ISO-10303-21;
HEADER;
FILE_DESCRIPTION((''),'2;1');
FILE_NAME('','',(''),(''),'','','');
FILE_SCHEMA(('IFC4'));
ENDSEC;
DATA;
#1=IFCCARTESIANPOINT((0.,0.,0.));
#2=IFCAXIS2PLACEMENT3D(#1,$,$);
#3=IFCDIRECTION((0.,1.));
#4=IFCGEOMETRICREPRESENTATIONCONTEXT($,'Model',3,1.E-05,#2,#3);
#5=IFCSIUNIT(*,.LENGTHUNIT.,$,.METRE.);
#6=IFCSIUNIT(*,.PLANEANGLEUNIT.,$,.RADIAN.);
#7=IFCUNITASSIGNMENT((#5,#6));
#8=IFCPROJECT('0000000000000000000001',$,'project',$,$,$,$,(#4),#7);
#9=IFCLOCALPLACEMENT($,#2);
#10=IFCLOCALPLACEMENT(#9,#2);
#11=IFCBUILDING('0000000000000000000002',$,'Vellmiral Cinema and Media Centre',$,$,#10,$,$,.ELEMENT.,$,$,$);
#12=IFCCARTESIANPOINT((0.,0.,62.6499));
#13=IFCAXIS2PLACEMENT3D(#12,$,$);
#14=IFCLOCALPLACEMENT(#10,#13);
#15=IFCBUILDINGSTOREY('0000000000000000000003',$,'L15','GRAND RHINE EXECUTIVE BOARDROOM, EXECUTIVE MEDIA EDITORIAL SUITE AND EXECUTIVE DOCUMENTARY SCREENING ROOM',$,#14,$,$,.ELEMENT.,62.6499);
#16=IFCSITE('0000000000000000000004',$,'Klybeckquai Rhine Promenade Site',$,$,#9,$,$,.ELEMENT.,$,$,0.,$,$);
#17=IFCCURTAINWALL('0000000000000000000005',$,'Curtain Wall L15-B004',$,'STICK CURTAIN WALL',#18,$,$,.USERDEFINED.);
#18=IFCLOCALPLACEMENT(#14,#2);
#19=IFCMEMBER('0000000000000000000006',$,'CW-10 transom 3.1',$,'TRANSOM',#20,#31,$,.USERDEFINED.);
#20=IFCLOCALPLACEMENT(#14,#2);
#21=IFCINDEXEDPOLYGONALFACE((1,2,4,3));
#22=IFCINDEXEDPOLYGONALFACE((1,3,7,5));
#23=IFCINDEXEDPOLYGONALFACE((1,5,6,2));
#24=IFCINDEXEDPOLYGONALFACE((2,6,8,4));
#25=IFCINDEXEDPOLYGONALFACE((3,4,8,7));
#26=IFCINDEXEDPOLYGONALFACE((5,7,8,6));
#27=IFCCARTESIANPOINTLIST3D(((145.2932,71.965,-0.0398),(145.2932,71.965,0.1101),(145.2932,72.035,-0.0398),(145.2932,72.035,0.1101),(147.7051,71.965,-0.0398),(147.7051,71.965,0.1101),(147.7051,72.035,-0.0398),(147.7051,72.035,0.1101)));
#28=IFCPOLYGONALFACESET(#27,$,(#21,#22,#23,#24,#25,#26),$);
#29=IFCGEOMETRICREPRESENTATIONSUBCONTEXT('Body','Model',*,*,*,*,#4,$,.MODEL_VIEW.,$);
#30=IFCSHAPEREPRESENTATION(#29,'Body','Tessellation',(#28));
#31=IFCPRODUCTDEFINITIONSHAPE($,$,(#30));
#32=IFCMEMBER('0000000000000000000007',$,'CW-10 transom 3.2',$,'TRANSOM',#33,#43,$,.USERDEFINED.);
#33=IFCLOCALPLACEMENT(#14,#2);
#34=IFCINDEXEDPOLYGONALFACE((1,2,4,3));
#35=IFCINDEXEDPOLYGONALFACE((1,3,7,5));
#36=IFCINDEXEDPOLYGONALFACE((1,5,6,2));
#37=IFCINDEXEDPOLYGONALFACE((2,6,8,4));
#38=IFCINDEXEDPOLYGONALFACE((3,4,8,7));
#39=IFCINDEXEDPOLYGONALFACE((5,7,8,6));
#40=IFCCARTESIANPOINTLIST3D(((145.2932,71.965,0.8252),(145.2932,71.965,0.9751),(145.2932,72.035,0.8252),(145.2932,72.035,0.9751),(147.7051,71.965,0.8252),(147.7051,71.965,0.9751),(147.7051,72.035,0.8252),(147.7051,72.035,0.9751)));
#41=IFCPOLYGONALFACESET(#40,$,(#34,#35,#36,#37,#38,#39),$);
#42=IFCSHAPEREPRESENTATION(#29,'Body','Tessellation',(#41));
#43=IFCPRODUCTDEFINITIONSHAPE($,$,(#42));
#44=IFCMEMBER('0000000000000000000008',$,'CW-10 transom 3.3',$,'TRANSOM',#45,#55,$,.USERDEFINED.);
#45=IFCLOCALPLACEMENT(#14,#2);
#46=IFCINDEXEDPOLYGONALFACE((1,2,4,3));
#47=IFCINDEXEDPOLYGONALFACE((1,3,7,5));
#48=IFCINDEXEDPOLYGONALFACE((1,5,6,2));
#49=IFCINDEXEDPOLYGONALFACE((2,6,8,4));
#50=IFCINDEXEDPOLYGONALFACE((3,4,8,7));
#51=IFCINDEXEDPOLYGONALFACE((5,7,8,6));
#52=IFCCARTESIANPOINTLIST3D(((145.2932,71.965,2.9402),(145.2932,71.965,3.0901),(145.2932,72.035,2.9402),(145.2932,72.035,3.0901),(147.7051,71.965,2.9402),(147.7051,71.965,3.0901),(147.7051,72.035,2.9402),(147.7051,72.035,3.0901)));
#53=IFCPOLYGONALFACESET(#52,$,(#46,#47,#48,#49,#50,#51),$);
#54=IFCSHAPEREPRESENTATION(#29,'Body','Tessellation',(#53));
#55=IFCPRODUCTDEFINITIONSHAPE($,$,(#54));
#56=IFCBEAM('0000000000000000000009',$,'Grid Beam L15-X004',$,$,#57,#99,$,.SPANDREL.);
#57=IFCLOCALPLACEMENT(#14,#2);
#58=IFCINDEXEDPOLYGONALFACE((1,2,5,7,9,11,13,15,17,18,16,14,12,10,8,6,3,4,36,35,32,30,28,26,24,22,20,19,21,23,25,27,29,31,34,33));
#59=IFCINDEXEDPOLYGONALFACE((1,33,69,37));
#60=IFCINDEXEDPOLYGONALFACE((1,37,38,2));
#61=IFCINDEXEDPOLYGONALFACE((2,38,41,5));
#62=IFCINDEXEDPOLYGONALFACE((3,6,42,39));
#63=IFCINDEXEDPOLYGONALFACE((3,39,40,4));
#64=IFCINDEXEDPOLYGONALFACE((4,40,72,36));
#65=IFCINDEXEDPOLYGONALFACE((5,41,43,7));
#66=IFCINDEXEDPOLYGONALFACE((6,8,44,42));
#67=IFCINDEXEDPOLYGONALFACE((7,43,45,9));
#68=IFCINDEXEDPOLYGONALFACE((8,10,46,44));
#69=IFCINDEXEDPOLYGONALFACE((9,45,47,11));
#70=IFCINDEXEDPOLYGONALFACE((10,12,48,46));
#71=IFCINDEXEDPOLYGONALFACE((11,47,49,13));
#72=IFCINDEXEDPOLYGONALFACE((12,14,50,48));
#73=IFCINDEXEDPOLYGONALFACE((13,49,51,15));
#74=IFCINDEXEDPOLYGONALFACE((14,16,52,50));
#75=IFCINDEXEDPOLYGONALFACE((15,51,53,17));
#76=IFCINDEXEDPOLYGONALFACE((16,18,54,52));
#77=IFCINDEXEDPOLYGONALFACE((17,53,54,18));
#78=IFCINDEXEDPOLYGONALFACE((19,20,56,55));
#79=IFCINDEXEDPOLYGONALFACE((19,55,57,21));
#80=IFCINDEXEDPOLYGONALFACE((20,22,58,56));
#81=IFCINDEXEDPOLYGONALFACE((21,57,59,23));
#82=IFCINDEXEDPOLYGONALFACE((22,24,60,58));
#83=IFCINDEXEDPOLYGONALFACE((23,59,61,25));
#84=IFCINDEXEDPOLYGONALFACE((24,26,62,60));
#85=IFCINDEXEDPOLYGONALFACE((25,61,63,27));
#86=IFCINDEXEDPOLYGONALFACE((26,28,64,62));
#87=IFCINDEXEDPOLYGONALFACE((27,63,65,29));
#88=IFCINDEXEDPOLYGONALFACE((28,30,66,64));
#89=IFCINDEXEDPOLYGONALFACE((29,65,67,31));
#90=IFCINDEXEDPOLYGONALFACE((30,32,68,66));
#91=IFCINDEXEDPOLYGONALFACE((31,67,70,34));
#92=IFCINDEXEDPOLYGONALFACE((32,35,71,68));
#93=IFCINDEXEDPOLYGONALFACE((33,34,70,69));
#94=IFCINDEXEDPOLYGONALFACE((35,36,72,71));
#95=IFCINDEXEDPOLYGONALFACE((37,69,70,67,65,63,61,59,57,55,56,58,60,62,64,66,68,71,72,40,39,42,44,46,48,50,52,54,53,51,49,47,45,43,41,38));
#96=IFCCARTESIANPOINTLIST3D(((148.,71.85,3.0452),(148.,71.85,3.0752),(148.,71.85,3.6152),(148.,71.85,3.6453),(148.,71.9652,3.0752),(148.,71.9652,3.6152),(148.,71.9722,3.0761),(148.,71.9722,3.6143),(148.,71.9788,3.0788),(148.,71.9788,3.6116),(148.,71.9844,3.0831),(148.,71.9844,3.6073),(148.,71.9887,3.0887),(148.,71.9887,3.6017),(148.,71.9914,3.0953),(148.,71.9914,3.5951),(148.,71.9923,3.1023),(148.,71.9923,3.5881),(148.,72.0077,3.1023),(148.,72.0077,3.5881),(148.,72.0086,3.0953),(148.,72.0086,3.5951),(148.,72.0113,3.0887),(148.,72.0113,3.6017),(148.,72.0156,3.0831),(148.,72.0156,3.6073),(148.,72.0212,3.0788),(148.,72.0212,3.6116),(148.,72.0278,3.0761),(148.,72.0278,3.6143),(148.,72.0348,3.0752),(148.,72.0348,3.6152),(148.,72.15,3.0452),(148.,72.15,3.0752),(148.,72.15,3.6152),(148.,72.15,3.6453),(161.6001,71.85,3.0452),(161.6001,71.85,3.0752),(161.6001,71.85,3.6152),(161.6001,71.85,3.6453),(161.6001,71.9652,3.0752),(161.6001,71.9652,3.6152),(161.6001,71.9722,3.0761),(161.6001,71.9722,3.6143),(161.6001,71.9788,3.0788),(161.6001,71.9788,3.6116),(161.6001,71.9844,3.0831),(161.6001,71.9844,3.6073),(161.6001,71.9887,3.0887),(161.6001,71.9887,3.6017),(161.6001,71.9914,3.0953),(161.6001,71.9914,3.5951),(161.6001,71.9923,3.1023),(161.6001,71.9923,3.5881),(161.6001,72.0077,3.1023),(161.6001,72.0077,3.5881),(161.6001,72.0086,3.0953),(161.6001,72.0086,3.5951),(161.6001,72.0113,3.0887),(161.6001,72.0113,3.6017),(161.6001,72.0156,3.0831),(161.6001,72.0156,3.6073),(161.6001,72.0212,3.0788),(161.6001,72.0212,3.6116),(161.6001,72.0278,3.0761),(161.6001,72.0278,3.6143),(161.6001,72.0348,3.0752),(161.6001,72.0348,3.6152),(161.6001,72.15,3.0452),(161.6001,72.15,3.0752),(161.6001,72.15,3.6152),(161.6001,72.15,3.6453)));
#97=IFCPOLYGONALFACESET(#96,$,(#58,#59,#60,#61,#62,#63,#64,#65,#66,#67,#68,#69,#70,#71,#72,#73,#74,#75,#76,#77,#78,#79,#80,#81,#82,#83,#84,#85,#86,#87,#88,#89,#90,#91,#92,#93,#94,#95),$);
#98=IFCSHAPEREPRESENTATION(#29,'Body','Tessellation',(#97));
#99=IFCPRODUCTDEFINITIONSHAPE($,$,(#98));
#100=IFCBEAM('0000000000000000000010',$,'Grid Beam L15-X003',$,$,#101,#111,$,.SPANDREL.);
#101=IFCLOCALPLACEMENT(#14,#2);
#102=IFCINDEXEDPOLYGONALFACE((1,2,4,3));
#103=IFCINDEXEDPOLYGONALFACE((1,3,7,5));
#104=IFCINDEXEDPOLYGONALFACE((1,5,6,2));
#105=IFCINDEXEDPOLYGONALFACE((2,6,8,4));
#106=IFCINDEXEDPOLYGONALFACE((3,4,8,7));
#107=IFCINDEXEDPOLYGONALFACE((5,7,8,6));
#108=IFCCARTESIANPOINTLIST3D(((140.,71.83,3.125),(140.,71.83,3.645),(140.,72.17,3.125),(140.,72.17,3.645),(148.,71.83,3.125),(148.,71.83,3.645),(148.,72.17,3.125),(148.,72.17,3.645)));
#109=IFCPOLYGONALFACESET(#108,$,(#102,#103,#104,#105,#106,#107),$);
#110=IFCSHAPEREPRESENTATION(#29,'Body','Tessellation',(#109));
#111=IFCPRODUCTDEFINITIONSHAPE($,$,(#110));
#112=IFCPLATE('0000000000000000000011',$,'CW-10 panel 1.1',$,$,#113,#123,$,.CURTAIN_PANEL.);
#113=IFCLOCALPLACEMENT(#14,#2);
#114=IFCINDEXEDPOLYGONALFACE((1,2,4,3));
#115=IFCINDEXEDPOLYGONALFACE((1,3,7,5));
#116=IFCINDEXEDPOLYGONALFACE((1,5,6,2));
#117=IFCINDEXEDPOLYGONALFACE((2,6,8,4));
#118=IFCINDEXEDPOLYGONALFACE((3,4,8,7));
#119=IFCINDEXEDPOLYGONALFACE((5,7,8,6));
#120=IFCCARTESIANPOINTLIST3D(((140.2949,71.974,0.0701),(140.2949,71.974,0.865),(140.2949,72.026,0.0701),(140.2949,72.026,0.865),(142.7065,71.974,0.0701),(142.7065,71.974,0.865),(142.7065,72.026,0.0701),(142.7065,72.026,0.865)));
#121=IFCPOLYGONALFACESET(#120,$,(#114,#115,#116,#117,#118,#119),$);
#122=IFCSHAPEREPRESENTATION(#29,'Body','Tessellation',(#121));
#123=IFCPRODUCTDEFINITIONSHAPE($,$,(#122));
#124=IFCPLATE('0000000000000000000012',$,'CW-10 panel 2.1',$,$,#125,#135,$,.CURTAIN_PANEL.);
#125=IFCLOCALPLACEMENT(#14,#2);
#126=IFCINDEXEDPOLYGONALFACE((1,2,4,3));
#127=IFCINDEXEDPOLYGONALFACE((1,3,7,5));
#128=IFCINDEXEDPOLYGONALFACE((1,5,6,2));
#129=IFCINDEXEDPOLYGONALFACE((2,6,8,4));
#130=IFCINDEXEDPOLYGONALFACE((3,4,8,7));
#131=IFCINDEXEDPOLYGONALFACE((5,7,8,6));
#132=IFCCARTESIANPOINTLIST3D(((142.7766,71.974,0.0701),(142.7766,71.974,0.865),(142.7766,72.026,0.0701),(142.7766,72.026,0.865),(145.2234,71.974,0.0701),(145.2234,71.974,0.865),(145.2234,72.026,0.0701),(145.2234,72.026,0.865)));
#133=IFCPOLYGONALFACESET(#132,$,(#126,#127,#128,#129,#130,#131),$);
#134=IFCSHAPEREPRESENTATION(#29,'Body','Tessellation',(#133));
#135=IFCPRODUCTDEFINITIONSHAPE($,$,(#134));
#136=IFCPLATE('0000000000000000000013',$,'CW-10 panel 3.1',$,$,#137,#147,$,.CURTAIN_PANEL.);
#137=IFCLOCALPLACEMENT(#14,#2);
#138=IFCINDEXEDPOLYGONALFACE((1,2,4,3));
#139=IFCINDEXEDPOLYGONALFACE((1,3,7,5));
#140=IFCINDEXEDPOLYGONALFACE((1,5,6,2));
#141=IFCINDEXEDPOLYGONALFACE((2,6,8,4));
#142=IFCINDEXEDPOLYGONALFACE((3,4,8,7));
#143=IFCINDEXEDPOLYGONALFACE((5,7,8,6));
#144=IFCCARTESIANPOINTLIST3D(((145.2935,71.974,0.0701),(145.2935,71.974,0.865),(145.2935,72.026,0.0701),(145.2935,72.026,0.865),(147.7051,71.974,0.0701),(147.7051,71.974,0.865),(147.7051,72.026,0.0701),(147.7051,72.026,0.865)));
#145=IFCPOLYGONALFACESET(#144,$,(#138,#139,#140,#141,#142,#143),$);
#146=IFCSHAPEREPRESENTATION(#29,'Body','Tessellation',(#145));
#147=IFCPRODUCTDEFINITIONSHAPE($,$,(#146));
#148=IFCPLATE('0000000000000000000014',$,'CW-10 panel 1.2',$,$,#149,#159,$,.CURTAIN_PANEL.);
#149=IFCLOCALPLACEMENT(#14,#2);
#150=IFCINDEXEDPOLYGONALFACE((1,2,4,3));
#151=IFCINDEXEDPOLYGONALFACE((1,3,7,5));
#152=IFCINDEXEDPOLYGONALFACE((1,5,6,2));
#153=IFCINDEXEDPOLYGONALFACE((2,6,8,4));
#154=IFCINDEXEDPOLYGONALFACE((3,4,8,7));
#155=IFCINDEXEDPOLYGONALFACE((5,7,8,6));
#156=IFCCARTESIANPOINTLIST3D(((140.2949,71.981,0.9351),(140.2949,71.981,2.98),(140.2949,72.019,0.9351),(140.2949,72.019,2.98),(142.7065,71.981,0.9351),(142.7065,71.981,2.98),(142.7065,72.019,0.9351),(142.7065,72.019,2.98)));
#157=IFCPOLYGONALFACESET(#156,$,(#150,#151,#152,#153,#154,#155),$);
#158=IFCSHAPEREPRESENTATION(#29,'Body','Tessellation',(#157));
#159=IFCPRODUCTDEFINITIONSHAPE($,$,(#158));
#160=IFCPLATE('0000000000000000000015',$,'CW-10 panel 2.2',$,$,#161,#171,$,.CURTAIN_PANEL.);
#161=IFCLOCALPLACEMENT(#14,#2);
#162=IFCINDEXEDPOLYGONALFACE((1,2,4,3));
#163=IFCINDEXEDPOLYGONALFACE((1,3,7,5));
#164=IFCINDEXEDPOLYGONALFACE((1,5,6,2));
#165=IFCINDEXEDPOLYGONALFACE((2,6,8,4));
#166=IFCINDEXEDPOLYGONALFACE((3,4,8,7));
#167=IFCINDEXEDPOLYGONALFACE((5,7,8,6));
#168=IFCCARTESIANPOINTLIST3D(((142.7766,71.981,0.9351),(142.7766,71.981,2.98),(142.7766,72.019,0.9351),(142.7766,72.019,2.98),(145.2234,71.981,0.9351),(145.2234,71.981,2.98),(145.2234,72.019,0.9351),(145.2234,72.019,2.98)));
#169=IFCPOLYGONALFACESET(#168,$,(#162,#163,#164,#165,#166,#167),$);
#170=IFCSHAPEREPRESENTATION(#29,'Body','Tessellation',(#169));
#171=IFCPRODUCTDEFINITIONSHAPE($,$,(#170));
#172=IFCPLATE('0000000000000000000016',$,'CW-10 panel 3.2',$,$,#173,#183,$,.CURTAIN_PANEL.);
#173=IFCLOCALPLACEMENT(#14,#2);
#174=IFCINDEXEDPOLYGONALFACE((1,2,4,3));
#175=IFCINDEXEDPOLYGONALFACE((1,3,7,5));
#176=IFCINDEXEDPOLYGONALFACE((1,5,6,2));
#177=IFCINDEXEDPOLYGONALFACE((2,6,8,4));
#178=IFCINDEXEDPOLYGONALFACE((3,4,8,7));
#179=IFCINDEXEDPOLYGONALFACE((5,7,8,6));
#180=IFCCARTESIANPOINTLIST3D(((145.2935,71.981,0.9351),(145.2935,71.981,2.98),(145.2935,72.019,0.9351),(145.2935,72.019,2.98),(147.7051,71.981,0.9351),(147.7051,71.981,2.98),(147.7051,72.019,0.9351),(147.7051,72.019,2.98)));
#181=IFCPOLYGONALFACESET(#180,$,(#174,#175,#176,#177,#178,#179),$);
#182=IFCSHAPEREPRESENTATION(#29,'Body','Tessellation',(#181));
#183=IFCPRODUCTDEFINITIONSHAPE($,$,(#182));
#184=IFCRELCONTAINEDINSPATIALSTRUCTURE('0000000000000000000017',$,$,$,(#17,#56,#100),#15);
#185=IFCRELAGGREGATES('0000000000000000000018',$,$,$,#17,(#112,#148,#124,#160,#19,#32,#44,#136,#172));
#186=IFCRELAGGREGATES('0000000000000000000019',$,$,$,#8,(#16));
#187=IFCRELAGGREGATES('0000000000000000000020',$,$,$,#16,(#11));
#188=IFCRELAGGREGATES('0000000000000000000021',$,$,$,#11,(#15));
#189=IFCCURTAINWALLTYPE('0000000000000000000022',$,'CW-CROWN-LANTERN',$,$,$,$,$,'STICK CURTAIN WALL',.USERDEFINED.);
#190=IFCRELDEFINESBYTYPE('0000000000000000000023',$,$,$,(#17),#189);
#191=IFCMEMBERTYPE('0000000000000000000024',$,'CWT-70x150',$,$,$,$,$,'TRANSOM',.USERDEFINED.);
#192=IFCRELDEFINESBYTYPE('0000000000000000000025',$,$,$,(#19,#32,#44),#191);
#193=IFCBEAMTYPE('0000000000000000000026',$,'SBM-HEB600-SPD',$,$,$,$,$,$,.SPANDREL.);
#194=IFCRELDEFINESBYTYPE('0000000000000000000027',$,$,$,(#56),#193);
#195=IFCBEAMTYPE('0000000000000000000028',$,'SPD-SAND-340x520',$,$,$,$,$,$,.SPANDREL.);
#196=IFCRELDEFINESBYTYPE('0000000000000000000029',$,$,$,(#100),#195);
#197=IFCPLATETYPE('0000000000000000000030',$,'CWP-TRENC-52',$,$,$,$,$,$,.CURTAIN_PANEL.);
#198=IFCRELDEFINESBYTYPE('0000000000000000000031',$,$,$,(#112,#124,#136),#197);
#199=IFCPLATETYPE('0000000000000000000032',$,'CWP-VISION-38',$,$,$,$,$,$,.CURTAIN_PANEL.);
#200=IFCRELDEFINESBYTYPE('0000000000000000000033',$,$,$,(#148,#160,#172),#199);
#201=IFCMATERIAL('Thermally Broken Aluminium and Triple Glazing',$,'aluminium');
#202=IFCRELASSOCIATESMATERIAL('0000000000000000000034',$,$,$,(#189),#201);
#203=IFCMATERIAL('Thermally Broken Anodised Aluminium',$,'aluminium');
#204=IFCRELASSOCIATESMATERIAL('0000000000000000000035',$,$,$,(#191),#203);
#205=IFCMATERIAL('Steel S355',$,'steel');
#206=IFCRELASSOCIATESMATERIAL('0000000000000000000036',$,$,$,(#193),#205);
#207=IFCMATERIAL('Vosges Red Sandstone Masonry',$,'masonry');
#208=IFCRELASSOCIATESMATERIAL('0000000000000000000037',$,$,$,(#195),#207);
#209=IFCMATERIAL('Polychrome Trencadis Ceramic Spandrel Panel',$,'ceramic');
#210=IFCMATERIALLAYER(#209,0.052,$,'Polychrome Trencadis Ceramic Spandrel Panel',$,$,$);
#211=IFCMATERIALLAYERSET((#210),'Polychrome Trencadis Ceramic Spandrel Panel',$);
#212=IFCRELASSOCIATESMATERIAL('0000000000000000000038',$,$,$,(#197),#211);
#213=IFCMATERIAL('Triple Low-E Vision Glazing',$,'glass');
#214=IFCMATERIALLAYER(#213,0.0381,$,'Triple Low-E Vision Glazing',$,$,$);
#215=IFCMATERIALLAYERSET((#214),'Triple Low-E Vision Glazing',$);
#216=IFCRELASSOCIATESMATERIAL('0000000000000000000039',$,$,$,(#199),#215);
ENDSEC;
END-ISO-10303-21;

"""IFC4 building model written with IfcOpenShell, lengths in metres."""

from ifc_helpers import new_model, si_unit, direction, frame, origin, origin_2d, place, context, subcontext, project, spatial, rectangle, i_section, extrude, material, layer, layer_set, material_profile, profile_set, type_object, element, aggregate, save


model = new_model("IFC4")

# Units and contexts
model_context = context("Model", 3, precision=1e-05, world=origin(), true_north=direction((0.0, 1.0)))
body_context = subcontext(model_context, "Body", "Model", "MODEL_VIEW")
ifc_project = project(units=[si_unit("LENGTHUNIT", "METRE"), si_unit("PLANEANGLEUNIT", "RADIAN")], contexts=[model_context])

# Site, building, storey
site_placement = place(None, origin())
site = spatial("IfcSite", under=ifc_project, at=site_placement, Name="Klybeckquai Rhine Promenade Site", CompositionType="ELEMENT", RefElevation=0.0)
building_placement = place(site_placement, origin())
building = spatial("IfcBuilding", under=site, at=building_placement, Name="Vellmiral Cinema and Media Centre", CompositionType="ELEMENT")
storey_placement = place(building_placement, frame((0.0, 0.0, 62.6499)))
storey = spatial("IfcBuildingStorey", under=building, at=storey_placement, Name="L15", Description="GRAND RHINE EXECUTIVE BOARDROOM, EXECUTIVE MEDIA EDITORIAL SUITE AND EXECUTIVE DOCUMENTARY SCREENING ROOM", CompositionType="ELEMENT", Elevation=62.6499)

# Curtain wall, members
ifc_material_1 = material(Name="Thermally Broken Aluminium and Triple Glazing", Category="aluminium")
curtain_wall_type = type_object("IfcCurtainWallType", Name="CW-CROWN-LANTERN", ElementType="STICK CURTAIN WALL", PredefinedType="USERDEFINED", material=ifc_material_1)
curtain_wall_placement = place(storey_placement, origin())
curtain_wall = element("IfcCurtainWall", 1, at=curtain_wall_placement, inside=storey, type_object=curtain_wall_type, Name="Curtain Wall L15-B004", ObjectType="STICK CURTAIN WALL", PredefinedType="USERDEFINED")
ifc_material_2 = material(Name="Thermally Broken Anodised Aluminium", Category="aluminium")
ifc_material_profile_1 = material_profile(ifc_material_2, rectangle(XDim=0.0701, YDim=0.1499, at=origin_2d()), Name="MULL 70x150")
ifc_profile_set_1 = profile_set([ifc_material_profile_1], Name="Thermally Broken Anodised Aluminium")
member_type_1 = type_object("IfcMemberType", Name="CWT-70x150", ElementType="TRANSOM", PredefinedType="USERDEFINED", material=ifc_profile_set_1)
member_1_placement = place(storey_placement, frame((145.2932, 72.0, 0.0352), z_axis=(1.0, 0.0, 0.0), x_axis=(0.0, 1.0, 0.0)))
member_1 = element("IfcMember", 2, at=member_1_placement, type_object=member_type_1, Name="CW-10 transom 3.1", ObjectType="TRANSOM", PredefinedType="USERDEFINED", context=body_context, shape_type="SweptSolid", body=[
    extrude(rectangle(XDim=0.0701, YDim=0.1499, at=origin_2d()), origin(), (0.0, 0.0, 1.0), 2.4119),
])
member_2_placement = place(storey_placement, frame((145.2932, 72.0, 0.9001), z_axis=(1.0, 0.0, 0.0), x_axis=(0.0, 1.0, 0.0)))
member_2 = element("IfcMember", 3, at=member_2_placement, type_object=member_type_1, Name="CW-10 transom 3.2", ObjectType="TRANSOM", PredefinedType="USERDEFINED", context=body_context, shape_type="SweptSolid", body=[
    extrude(rectangle(XDim=0.0701, YDim=0.1499, at=origin_2d()), origin(), (0.0, 0.0, 1.0), 2.4119),
])
member_3_placement = place(storey_placement, frame((145.2932, 72.0, 3.0151), z_axis=(1.0, 0.0, 0.0), x_axis=(0.0, 1.0, 0.0)))
member_3 = element("IfcMember", 4, at=member_3_placement, type_object=member_type_1, Name="CW-10 transom 3.3", ObjectType="TRANSOM", PredefinedType="USERDEFINED", context=body_context, shape_type="SweptSolid", body=[
    extrude(rectangle(XDim=0.0701, YDim=0.1499, at=origin_2d()), origin(), (0.0, 0.0, 1.0), 2.4119),
])

# Beams
ifc_material_3 = material(Name="Steel S355", Category="steel")
ifc_material_profile_2 = material_profile(ifc_material_3, i_section(OverallWidth=0.3, OverallDepth=0.6001, WebThickness=0.0154, FlangeThickness=0.03, FilletRadius=0.0271, at=origin_2d()), Name="HEB 600")
ifc_profile_set_2 = profile_set([ifc_material_profile_2], Name="Steel S355")
beam_type_1 = type_object("IfcBeamType", Name="SBM-HEB600-SPD", PredefinedType="SPANDREL", material=ifc_profile_set_2)
beam_1_placement = place(storey_placement, frame((148.0, 72.0, 3.3452), z_axis=(1.0, 0.0, 0.0), x_axis=(0.0, 1.0, 0.0)))
element("IfcBeam", 5, at=beam_1_placement, inside=storey, type_object=beam_type_1, Name="Grid Beam L15-X004", PredefinedType="SPANDREL", context=body_context, shape_type="SweptSolid", body=[
    extrude(i_section(OverallWidth=0.3, OverallDepth=0.6001, WebThickness=0.0154, FlangeThickness=0.03, FilletRadius=0.0271, at=origin_2d()), origin(), (0.0, 0.0, 1.0), 13.6001),
])
ifc_material_4 = material(Name="Vosges Red Sandstone Masonry", Category="masonry")
ifc_material_profile_3 = material_profile(ifc_material_4, rectangle(XDim=0.3401, YDim=0.52, at=origin_2d()), Name="SAND 340x520")
ifc_profile_set_3 = profile_set([ifc_material_profile_3], Name="Vosges Red Sandstone Masonry")
beam_type_2 = type_object("IfcBeamType", Name="SPD-SAND-340x520", PredefinedType="SPANDREL", material=ifc_profile_set_3)
beam_2_placement = place(storey_placement, frame((140.0, 72.0, 3.385), z_axis=(1.0, 0.0, 0.0), x_axis=(0.0, 1.0, 0.0)))
element("IfcBeam", 6, at=beam_2_placement, inside=storey, type_object=beam_type_2, Name="Grid Beam L15-X003", PredefinedType="SPANDREL", context=body_context, shape_type="SweptSolid", body=[
    extrude(rectangle(XDim=0.3401, YDim=0.52, at=origin_2d()), origin(), (0.0, 0.0, 1.0), 8.0),
])

# Plates
ifc_material_5 = material(Name="Polychrome Trencadis Ceramic Spandrel Panel", Category="ceramic")
ifc_layer_1 = layer(ifc_material_5, 0.052, Name="Polychrome Trencadis Ceramic Spandrel Panel")
ifc_layer_set_1 = layer_set([ifc_layer_1], Name="Polychrome Trencadis Ceramic Spandrel Panel")
plate_type_1 = type_object("IfcPlateType", Name="CWP-TRENC-52", PredefinedType="CURTAIN_PANEL", material=ifc_layer_set_1)
plate_1_placement = place(storey_placement, frame((141.5007, 72.0, 0.0701), z_axis=(0.0, 0.0, 1.0), x_axis=(1.0, 0.0, 0.0)))
plate_1 = element("IfcPlate", 7, at=plate_1_placement, type_object=plate_type_1, Name="CW-10 panel 1.1", PredefinedType="CURTAIN_PANEL", context=body_context, shape_type="SweptSolid", body=[
    extrude(rectangle(XDim=2.4116, YDim=0.052, at=origin_2d()), origin(), (0.0, 0.0, 1.0), 0.7949),
])
plate_2_placement = place(storey_placement, frame((144.0, 72.0, 0.0701), z_axis=(0.0, 0.0, 1.0), x_axis=(1.0, 0.0, 0.0)))
plate_2 = element("IfcPlate", 8, at=plate_2_placement, type_object=plate_type_1, Name="CW-10 panel 2.1", PredefinedType="CURTAIN_PANEL", context=body_context, shape_type="SweptSolid", body=[
    extrude(rectangle(XDim=2.4468, YDim=0.052, at=origin_2d()), origin(), (0.0, 0.0, 1.0), 0.7949),
])
plate_3_placement = place(storey_placement, frame((146.4993, 72.0, 0.0701), z_axis=(0.0, 0.0, 1.0), x_axis=(1.0, 0.0, 0.0)))
plate_3 = element("IfcPlate", 9, at=plate_3_placement, type_object=plate_type_1, Name="CW-10 panel 3.1", PredefinedType="CURTAIN_PANEL", context=body_context, shape_type="SweptSolid", body=[
    extrude(rectangle(XDim=2.4116, YDim=0.052, at=origin_2d()), origin(), (0.0, 0.0, 1.0), 0.7949),
])
ifc_material_6 = material(Name="Triple Low-E Vision Glazing", Category="glass")
ifc_layer_2 = layer(ifc_material_6, 0.0381, Name="Triple Low-E Vision Glazing")
ifc_layer_set_2 = layer_set([ifc_layer_2], Name="Triple Low-E Vision Glazing")
plate_type_2 = type_object("IfcPlateType", Name="CWP-VISION-38", PredefinedType="CURTAIN_PANEL", material=ifc_layer_set_2)
plate_4_placement = place(storey_placement, frame((141.5007, 72.0, 0.9351), z_axis=(0.0, 0.0, 1.0), x_axis=(1.0, 0.0, 0.0)))
plate_4 = element("IfcPlate", 10, at=plate_4_placement, type_object=plate_type_2, Name="CW-10 panel 1.2", PredefinedType="CURTAIN_PANEL", context=body_context, shape_type="SweptSolid", body=[
    extrude(rectangle(XDim=2.4116, YDim=0.0381, at=origin_2d()), origin(), (0.0, 0.0, 1.0), 2.0449),
])
plate_5_placement = place(storey_placement, frame((144.0, 72.0, 0.9351), z_axis=(0.0, 0.0, 1.0), x_axis=(1.0, 0.0, 0.0)))
plate_5 = element("IfcPlate", 11, at=plate_5_placement, type_object=plate_type_2, Name="CW-10 panel 2.2", PredefinedType="CURTAIN_PANEL", context=body_context, shape_type="SweptSolid", body=[
    extrude(rectangle(XDim=2.4468, YDim=0.0381, at=origin_2d()), origin(), (0.0, 0.0, 1.0), 2.0449),
])
plate_6_placement = place(storey_placement, frame((146.4993, 72.0, 0.9351), z_axis=(0.0, 0.0, 1.0), x_axis=(1.0, 0.0, 0.0)))
plate_6 = element("IfcPlate", 12, at=plate_6_placement, type_object=plate_type_2, Name="CW-10 panel 3.2", PredefinedType="CURTAIN_PANEL", context=body_context, shape_type="SweptSolid", body=[
    extrude(rectangle(XDim=2.4116, YDim=0.0381, at=origin_2d()), origin(), (0.0, 0.0, 1.0), 2.0449),
])
aggregate(curtain_wall, [plate_1, plate_4, plate_2, plate_5, member_1, member_2, member_3, plate_3, plate_6])

save(model, "model.ifc")
